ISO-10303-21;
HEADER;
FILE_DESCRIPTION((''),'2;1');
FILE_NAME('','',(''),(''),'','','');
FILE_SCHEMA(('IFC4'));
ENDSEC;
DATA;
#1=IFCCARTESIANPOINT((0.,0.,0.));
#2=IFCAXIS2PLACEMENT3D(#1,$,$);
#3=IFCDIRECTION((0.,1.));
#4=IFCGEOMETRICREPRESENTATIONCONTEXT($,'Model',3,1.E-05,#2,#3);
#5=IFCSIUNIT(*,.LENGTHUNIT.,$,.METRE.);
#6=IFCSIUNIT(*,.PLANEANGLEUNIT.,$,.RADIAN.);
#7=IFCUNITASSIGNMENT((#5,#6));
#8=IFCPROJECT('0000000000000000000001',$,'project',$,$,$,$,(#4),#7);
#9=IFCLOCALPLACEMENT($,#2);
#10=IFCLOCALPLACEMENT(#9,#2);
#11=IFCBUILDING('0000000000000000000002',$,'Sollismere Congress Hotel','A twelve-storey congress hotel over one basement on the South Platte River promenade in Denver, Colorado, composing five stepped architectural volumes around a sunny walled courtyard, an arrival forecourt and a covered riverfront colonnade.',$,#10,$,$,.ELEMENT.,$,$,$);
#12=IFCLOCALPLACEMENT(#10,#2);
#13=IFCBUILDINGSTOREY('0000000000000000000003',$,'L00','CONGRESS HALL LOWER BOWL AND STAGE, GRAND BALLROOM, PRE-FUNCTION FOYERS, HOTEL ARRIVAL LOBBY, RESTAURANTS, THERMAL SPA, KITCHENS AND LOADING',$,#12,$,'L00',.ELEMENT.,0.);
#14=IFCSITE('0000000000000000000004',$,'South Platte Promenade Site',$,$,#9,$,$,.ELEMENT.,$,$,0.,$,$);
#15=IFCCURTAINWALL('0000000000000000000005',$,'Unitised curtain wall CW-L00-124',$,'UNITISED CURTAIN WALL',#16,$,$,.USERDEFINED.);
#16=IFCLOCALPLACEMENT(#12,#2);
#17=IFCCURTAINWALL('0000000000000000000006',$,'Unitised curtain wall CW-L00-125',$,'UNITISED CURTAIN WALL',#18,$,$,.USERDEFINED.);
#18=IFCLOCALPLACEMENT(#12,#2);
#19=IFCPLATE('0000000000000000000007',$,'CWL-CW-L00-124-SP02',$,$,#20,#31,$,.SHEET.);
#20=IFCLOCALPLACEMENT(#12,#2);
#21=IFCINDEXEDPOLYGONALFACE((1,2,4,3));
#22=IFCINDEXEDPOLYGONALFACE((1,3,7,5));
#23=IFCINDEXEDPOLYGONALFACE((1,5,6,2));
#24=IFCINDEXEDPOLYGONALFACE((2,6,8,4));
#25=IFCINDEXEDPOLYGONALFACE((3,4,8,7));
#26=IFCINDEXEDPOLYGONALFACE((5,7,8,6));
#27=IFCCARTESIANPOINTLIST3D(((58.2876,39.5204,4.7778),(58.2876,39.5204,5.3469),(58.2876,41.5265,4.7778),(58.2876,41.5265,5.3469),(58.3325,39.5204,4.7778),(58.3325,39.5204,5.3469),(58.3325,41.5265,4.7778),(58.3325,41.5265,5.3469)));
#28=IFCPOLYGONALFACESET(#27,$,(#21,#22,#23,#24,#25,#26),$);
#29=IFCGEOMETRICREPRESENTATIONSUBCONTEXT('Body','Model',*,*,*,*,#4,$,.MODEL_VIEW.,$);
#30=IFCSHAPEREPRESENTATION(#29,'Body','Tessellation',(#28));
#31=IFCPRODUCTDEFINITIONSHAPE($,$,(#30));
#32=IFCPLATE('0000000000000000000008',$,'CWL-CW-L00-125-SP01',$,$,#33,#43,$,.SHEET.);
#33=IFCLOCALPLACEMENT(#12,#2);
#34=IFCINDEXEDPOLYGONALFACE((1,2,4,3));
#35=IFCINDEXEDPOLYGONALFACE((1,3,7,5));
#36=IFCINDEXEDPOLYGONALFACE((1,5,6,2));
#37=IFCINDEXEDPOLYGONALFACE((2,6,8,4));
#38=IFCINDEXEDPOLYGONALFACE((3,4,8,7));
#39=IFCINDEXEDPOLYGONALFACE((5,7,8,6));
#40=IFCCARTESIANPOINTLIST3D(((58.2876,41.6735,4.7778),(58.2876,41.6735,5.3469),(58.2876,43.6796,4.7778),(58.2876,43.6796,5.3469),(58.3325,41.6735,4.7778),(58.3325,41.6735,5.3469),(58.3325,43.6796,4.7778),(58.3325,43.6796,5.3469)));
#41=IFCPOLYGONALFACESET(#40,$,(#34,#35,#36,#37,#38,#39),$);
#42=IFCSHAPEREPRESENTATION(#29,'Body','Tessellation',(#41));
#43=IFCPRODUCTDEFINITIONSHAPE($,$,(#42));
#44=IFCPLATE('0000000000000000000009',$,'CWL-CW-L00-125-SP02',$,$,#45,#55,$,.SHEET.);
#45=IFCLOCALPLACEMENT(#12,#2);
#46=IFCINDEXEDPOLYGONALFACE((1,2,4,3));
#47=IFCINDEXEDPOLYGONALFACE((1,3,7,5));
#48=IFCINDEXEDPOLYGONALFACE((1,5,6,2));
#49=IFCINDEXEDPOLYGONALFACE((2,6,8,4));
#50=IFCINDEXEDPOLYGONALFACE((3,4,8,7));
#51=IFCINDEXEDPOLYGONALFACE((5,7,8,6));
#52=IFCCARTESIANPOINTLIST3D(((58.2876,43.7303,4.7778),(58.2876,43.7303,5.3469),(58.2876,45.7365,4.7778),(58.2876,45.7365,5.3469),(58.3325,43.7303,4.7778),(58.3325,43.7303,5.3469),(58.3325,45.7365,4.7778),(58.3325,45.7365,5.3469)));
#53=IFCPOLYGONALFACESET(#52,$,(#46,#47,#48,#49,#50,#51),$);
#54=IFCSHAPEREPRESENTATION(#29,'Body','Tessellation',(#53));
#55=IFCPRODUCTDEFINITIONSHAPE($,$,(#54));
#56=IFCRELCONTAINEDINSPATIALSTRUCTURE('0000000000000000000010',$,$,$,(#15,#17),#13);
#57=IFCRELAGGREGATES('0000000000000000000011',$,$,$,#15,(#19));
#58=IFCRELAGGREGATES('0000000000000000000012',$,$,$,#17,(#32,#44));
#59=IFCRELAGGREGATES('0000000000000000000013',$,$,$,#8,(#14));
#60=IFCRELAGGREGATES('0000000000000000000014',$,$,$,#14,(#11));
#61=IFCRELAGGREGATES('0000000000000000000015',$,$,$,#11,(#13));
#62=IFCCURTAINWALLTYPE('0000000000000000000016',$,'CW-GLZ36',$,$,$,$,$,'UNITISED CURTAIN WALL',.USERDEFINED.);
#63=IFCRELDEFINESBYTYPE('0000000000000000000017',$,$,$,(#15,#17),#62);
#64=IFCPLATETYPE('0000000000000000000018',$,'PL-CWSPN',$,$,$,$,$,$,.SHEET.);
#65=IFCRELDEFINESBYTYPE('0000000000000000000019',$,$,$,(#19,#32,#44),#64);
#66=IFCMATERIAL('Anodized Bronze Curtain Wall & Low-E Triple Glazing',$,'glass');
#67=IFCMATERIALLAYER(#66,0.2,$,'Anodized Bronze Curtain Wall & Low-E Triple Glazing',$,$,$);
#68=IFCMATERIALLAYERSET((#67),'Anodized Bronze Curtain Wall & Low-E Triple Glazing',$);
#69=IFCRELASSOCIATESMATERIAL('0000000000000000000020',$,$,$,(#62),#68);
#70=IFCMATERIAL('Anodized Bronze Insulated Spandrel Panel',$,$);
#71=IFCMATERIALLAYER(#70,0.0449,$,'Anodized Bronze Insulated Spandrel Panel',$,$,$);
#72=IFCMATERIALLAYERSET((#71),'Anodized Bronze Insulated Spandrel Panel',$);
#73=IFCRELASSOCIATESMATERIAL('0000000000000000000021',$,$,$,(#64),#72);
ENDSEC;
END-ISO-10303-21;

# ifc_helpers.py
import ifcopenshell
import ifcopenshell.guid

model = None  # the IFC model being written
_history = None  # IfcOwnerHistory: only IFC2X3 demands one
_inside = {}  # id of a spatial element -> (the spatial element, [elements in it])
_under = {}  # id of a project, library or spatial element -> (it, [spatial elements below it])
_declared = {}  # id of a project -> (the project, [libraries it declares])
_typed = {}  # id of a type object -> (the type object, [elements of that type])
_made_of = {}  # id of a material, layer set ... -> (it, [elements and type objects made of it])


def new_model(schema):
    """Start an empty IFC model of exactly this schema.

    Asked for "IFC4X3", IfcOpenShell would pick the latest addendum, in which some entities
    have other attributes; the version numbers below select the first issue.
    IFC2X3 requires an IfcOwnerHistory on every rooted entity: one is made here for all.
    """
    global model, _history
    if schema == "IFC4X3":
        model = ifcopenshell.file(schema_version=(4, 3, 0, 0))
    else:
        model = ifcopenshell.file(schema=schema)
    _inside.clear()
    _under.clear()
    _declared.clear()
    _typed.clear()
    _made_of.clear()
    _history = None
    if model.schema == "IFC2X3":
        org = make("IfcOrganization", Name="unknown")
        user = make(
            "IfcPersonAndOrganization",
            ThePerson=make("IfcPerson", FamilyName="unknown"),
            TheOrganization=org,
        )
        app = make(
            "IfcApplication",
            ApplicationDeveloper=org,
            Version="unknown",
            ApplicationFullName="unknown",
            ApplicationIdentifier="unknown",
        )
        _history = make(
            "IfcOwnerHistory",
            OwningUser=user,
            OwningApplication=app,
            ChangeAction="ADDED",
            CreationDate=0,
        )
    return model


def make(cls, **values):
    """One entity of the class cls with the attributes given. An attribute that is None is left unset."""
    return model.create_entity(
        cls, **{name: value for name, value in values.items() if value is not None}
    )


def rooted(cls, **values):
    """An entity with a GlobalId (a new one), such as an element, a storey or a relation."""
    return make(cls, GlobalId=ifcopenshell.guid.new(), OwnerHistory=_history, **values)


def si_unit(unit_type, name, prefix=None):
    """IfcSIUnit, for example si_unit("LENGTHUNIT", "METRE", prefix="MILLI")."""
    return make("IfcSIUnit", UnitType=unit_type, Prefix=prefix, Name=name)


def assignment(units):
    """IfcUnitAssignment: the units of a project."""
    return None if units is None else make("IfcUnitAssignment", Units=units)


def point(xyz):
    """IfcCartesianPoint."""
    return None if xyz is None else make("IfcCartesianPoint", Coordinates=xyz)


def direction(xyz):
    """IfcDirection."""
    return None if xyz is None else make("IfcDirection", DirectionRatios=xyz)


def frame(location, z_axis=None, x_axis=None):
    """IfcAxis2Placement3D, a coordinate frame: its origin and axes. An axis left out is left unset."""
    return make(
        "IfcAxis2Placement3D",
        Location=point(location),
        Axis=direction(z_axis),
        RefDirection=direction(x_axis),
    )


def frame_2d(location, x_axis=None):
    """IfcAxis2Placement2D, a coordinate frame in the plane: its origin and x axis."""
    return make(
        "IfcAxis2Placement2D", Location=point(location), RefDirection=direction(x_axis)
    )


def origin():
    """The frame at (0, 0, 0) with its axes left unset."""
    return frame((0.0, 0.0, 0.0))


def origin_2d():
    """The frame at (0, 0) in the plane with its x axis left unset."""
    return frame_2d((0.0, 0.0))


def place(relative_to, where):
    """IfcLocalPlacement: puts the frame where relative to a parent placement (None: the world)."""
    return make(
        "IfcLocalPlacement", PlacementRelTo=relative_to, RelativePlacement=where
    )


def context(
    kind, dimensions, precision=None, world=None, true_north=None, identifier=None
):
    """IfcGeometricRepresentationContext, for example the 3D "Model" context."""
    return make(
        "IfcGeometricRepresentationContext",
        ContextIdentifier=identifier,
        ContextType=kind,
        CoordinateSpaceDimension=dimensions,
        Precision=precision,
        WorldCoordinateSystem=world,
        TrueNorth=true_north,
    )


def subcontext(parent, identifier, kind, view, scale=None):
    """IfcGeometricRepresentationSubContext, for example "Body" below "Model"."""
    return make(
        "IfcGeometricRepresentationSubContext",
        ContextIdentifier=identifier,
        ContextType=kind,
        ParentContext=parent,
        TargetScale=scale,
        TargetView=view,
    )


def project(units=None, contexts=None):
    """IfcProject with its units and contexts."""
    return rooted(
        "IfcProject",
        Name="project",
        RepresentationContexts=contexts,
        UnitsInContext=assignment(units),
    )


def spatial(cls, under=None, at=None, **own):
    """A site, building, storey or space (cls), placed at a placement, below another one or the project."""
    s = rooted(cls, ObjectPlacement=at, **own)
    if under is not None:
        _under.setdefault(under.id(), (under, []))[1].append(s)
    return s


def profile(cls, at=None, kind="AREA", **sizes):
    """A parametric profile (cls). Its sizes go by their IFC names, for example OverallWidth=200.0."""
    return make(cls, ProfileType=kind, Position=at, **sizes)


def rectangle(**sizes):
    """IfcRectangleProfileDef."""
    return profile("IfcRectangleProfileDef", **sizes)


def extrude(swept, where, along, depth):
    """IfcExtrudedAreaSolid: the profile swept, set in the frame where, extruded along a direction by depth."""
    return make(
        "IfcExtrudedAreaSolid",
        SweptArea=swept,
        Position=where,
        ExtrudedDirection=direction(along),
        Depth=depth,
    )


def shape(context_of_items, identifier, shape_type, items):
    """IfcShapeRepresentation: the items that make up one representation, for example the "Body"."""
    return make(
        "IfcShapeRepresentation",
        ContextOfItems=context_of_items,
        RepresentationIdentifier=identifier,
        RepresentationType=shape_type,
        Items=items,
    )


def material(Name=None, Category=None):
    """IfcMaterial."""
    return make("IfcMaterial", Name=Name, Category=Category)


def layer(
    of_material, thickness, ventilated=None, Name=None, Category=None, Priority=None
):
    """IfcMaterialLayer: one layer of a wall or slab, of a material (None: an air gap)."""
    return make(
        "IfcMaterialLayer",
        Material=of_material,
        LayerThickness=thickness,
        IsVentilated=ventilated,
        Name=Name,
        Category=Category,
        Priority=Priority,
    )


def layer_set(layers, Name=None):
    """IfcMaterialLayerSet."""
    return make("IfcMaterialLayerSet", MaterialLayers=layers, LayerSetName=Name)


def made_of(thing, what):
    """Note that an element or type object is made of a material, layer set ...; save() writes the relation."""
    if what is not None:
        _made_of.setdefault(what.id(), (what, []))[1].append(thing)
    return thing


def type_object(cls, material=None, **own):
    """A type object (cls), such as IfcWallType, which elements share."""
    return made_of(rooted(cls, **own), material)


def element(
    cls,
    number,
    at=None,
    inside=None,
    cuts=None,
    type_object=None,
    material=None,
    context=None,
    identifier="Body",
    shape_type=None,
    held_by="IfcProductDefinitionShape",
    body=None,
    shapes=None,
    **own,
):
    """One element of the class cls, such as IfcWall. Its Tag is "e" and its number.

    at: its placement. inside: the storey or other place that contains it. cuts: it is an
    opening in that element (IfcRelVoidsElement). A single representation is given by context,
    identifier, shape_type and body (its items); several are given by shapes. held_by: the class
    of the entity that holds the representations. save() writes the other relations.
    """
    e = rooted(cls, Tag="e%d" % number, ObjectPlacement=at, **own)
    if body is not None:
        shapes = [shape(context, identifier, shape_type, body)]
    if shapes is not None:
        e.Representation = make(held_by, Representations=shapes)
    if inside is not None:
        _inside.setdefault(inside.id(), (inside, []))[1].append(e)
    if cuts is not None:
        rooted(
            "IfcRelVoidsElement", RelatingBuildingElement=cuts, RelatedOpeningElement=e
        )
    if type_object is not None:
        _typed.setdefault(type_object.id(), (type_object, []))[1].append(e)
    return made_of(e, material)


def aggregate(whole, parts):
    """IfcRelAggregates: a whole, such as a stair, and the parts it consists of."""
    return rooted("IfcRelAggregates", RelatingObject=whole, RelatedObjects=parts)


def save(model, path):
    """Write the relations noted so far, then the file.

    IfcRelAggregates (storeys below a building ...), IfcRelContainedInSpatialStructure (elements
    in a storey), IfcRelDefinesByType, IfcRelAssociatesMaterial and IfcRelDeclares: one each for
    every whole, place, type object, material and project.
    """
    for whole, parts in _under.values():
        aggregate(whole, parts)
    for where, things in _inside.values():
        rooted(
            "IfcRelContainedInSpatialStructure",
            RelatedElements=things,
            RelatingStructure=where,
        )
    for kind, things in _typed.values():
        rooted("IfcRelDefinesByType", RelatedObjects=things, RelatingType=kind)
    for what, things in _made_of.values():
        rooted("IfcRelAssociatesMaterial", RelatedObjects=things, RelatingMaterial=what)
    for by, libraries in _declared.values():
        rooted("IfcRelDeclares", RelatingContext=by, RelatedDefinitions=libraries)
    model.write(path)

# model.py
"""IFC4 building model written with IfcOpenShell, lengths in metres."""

from ifc_helpers import new_model, si_unit, direction, frame, origin, origin_2d, place, context, subcontext, project, spatial, rectangle, extrude, material, layer, layer_set, type_object, element, aggregate, save


model = new_model("IFC4")

# Units and contexts
model_context = context("Model", 3, precision=1e-05, world=origin(), true_north=direction((0.0, 1.0)))
body_context = subcontext(model_context, "Body", "Model", "MODEL_VIEW")
ifc_project = project(units=[si_unit("LENGTHUNIT", "METRE"), si_unit("PLANEANGLEUNIT", "RADIAN")], contexts=[model_context])

# Site, building, storey
site_placement = place(None, origin())
site = spatial("IfcSite", under=ifc_project, at=site_placement, Name="South Platte Promenade Site", CompositionType="ELEMENT", RefElevation=0.0)
building_placement = place(site_placement, origin())
building = spatial("IfcBuilding", under=site, at=building_placement, Name="Sollismere Congress Hotel", Description="A twelve-storey congress hotel over one basement on the South Platte River promenade in Denver, Colorado, composing five stepped architectural volumes around a sunny walled courtyard, an arrival forecourt and a covered riverfront colonnade.", CompositionType="ELEMENT")
storey_placement = place(building_placement, origin())
storey = spatial("IfcBuildingStorey", under=building, at=storey_placement, Name="L00", Description="CONGRESS HALL LOWER BOWL AND STAGE, GRAND BALLROOM, PRE-FUNCTION FOYERS, HOTEL ARRIVAL LOBBY, RESTAURANTS, THERMAL SPA, KITCHENS AND LOADING", LongName="L00", CompositionType="ELEMENT", Elevation=0.0)

# Curtain walls
ifc_material_1 = material(Name="Anodized Bronze Curtain Wall & Low-E Triple Glazing", Category="glass")
ifc_layer_1 = layer(ifc_material_1, 0.2, Name="Anodized Bronze Curtain Wall & Low-E Triple Glazing")
ifc_layer_set_1 = layer_set([ifc_layer_1], Name="Anodized Bronze Curtain Wall & Low-E Triple Glazing")
curtain_wall_type = type_object("IfcCurtainWallType", Name="CW-GLZ36", ElementType="UNITISED CURTAIN WALL", PredefinedType="USERDEFINED", material=ifc_layer_set_1)
curtain_wall_1_placement = place(storey_placement, origin())
curtain_wall_1 = element("IfcCurtainWall", 1, at=curtain_wall_1_placement, inside=storey, type_object=curtain_wall_type, Name="Unitised curtain wall CW-L00-124", ObjectType="UNITISED CURTAIN WALL", PredefinedType="USERDEFINED")
curtain_wall_2_placement = place(storey_placement, origin())
curtain_wall_2 = element("IfcCurtainWall", 2, at=curtain_wall_2_placement, inside=storey, type_object=curtain_wall_type, Name="Unitised curtain wall CW-L00-125", ObjectType="UNITISED CURTAIN WALL", PredefinedType="USERDEFINED")

# Plates
ifc_material_2 = material(Name="Anodized Bronze Insulated Spandrel Panel")
ifc_layer_2 = layer(ifc_material_2, 0.0449, Name="Anodized Bronze Insulated Spandrel Panel")
ifc_layer_set_2 = layer_set([ifc_layer_2], Name="Anodized Bronze Insulated Spandrel Panel")
plate_type_1 = type_object("IfcPlateType", Name="PL-CWSPN", PredefinedType="SHEET", material=ifc_layer_set_2)
plate_1_placement = place(storey_placement, frame((58.3101, 40.5234, 4.7778), z_axis=(0.0, 0.0, 1.0), x_axis=(0.0, 1.0, 0.0)))
plate_1 = element("IfcPlate", 3, at=plate_1_placement, type_object=plate_type_1, Name="CWL-CW-L00-124-SP02", PredefinedType="SHEET", context=body_context, shape_type="SweptSolid", body=[
    extrude(rectangle(XDim=2.0061, YDim=0.0449, at=origin_2d()), origin(), (0.0, 0.0, 1.0), 0.5691),
])
aggregate(curtain_wall_1, [plate_1])
plate_2_placement = place(storey_placement, frame((58.3101, 42.6765, 4.7778), z_axis=(0.0, 0.0, 1.0), x_axis=(0.0, 1.0, 0.0)))
plate_2 = element("IfcPlate", 4, at=plate_2_placement, type_object=plate_type_1, Name="CWL-CW-L00-125-SP01", PredefinedType="SHEET", context=body_context, shape_type="SweptSolid", body=[
    extrude(rectangle(XDim=2.0061, YDim=0.0449, at=origin_2d()), origin(), (0.0, 0.0, 1.0), 0.5691),
])
plate_3_placement = place(storey_placement, frame((58.3101, 44.7334, 4.7778), z_axis=(0.0, 0.0, 1.0), x_axis=(0.0, 1.0, 0.0)))
plate_3 = element("IfcPlate", 5, at=plate_3_placement, type_object=plate_type_1, Name="CWL-CW-L00-125-SP02", PredefinedType="SHEET", context=body_context, shape_type="SweptSolid", body=[
    extrude(rectangle(XDim=2.0061, YDim=0.0449, at=origin_2d()), origin(), (0.0, 0.0, 1.0), 0.5691),
])
aggregate(curtain_wall_2, [plate_2, plate_3])

save(model, "model.ifc")
